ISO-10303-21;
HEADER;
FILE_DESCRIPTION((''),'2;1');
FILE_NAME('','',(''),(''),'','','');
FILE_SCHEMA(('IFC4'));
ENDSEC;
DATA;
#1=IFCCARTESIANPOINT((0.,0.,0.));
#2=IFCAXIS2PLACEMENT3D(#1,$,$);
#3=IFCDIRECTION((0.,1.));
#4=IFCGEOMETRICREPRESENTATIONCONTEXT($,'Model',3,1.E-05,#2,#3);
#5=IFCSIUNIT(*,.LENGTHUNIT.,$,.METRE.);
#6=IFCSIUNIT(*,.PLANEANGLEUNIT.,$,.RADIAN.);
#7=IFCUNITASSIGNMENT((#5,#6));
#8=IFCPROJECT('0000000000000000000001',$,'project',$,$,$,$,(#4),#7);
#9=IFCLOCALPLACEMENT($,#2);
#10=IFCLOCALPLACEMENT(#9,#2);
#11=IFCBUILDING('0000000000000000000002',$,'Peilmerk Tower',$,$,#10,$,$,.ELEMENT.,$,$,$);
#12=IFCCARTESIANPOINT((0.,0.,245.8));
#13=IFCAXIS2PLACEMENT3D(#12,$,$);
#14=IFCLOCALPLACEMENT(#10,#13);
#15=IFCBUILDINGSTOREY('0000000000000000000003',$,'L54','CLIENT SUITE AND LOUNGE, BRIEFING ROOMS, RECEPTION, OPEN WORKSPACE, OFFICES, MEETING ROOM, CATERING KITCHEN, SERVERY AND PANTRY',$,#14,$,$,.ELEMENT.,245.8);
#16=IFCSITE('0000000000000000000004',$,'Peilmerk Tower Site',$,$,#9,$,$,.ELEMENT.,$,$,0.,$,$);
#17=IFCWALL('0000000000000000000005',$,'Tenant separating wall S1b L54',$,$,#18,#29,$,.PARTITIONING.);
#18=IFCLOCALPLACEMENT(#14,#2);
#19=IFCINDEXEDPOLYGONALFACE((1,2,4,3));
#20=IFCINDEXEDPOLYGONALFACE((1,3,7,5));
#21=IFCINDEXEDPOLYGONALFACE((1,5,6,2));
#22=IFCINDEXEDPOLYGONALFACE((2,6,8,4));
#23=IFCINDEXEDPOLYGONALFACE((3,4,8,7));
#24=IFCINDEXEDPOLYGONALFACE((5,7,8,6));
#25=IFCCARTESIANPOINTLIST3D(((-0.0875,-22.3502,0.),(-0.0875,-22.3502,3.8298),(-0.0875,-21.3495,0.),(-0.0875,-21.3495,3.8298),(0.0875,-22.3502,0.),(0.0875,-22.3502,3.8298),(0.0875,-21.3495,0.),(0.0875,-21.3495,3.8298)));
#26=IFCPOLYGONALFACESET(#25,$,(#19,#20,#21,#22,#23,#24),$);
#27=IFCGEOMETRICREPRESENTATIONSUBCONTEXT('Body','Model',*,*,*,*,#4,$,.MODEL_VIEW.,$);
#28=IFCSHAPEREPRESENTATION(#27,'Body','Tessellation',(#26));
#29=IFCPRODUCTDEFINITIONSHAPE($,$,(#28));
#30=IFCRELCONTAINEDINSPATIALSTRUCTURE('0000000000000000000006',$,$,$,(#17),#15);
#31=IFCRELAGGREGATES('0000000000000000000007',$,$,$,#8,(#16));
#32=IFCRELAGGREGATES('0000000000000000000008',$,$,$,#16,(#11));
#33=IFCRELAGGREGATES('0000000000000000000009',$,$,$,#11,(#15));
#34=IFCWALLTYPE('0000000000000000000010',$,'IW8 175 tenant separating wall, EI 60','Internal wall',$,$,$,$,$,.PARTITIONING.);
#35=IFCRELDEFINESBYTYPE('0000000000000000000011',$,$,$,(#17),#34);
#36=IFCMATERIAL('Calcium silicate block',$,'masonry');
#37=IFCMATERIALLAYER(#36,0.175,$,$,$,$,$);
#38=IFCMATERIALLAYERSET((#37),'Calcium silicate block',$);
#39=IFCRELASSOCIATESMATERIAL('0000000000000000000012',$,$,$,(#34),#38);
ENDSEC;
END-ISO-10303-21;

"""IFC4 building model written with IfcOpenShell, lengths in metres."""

from ifc_helpers import new_model, si_unit, direction, frame, frame_2d, origin, place, context, subcontext, project, spatial, rectangle, extrude, material, layer, layer_set, type_object, element, save


model = new_model("IFC4")

# Units and contexts
model_context = context("Model", 3, precision=1e-05, world=origin(), true_north=direction((0.0, 1.0)))
body_context = subcontext(model_context, "Body", "Model", "MODEL_VIEW")
ifc_project = project(units=[si_unit("LENGTHUNIT", "METRE"), si_unit("PLANEANGLEUNIT", "RADIAN")], contexts=[model_context])

# Site, building, storey
site_placement = place(None, origin())
site = spatial("IfcSite", under=ifc_project, at=site_placement, Name="Peilmerk Tower Site", CompositionType="ELEMENT", RefElevation=0.0)
building_placement = place(site_placement, origin())
building = spatial("IfcBuilding", under=site, at=building_placement, Name="Peilmerk Tower", CompositionType="ELEMENT")
storey_placement = place(building_placement, frame((0.0, 0.0, 245.8)))
storey = spatial("IfcBuildingStorey", under=building, at=storey_placement, Name="L54", Description="CLIENT SUITE AND LOUNGE, BRIEFING ROOMS, RECEPTION, OPEN WORKSPACE, OFFICES, MEETING ROOM, CATERING KITCHEN, SERVERY AND PANTRY", CompositionType="ELEMENT", Elevation=245.8)

# Wall
ifc_material_1 = material(Name="Calcium silicate block", Category="masonry")
ifc_layer_1 = layer(ifc_material_1, 0.175)
ifc_layer_set_1 = layer_set([ifc_layer_1], Name="Calcium silicate block")
wall_type = type_object("IfcWallType", Name="IW8 175 tenant separating wall, EI 60", Description="Internal wall", PredefinedType="PARTITIONING", material=ifc_layer_set_1)
wall_1_placement = place(storey_placement, frame((0.0, -21.3494, 0.0), z_axis=(0.0, 0.0, 1.0), x_axis=(0.0, -1.0, 0.0)))
element("IfcWall", 1, at=wall_1_placement, inside=storey, type_object=wall_type, Name="Tenant separating wall S1b L54", PredefinedType="PARTITIONING", context=body_context, shape_type="SweptSolid", body=[
    extrude(rectangle(XDim=1.0007, YDim=0.175, at=frame_2d((0.5005, 0.0))), origin(), (0.0, 0.0, 1.0), 3.8298),
])

save(model, "model.ifc")
